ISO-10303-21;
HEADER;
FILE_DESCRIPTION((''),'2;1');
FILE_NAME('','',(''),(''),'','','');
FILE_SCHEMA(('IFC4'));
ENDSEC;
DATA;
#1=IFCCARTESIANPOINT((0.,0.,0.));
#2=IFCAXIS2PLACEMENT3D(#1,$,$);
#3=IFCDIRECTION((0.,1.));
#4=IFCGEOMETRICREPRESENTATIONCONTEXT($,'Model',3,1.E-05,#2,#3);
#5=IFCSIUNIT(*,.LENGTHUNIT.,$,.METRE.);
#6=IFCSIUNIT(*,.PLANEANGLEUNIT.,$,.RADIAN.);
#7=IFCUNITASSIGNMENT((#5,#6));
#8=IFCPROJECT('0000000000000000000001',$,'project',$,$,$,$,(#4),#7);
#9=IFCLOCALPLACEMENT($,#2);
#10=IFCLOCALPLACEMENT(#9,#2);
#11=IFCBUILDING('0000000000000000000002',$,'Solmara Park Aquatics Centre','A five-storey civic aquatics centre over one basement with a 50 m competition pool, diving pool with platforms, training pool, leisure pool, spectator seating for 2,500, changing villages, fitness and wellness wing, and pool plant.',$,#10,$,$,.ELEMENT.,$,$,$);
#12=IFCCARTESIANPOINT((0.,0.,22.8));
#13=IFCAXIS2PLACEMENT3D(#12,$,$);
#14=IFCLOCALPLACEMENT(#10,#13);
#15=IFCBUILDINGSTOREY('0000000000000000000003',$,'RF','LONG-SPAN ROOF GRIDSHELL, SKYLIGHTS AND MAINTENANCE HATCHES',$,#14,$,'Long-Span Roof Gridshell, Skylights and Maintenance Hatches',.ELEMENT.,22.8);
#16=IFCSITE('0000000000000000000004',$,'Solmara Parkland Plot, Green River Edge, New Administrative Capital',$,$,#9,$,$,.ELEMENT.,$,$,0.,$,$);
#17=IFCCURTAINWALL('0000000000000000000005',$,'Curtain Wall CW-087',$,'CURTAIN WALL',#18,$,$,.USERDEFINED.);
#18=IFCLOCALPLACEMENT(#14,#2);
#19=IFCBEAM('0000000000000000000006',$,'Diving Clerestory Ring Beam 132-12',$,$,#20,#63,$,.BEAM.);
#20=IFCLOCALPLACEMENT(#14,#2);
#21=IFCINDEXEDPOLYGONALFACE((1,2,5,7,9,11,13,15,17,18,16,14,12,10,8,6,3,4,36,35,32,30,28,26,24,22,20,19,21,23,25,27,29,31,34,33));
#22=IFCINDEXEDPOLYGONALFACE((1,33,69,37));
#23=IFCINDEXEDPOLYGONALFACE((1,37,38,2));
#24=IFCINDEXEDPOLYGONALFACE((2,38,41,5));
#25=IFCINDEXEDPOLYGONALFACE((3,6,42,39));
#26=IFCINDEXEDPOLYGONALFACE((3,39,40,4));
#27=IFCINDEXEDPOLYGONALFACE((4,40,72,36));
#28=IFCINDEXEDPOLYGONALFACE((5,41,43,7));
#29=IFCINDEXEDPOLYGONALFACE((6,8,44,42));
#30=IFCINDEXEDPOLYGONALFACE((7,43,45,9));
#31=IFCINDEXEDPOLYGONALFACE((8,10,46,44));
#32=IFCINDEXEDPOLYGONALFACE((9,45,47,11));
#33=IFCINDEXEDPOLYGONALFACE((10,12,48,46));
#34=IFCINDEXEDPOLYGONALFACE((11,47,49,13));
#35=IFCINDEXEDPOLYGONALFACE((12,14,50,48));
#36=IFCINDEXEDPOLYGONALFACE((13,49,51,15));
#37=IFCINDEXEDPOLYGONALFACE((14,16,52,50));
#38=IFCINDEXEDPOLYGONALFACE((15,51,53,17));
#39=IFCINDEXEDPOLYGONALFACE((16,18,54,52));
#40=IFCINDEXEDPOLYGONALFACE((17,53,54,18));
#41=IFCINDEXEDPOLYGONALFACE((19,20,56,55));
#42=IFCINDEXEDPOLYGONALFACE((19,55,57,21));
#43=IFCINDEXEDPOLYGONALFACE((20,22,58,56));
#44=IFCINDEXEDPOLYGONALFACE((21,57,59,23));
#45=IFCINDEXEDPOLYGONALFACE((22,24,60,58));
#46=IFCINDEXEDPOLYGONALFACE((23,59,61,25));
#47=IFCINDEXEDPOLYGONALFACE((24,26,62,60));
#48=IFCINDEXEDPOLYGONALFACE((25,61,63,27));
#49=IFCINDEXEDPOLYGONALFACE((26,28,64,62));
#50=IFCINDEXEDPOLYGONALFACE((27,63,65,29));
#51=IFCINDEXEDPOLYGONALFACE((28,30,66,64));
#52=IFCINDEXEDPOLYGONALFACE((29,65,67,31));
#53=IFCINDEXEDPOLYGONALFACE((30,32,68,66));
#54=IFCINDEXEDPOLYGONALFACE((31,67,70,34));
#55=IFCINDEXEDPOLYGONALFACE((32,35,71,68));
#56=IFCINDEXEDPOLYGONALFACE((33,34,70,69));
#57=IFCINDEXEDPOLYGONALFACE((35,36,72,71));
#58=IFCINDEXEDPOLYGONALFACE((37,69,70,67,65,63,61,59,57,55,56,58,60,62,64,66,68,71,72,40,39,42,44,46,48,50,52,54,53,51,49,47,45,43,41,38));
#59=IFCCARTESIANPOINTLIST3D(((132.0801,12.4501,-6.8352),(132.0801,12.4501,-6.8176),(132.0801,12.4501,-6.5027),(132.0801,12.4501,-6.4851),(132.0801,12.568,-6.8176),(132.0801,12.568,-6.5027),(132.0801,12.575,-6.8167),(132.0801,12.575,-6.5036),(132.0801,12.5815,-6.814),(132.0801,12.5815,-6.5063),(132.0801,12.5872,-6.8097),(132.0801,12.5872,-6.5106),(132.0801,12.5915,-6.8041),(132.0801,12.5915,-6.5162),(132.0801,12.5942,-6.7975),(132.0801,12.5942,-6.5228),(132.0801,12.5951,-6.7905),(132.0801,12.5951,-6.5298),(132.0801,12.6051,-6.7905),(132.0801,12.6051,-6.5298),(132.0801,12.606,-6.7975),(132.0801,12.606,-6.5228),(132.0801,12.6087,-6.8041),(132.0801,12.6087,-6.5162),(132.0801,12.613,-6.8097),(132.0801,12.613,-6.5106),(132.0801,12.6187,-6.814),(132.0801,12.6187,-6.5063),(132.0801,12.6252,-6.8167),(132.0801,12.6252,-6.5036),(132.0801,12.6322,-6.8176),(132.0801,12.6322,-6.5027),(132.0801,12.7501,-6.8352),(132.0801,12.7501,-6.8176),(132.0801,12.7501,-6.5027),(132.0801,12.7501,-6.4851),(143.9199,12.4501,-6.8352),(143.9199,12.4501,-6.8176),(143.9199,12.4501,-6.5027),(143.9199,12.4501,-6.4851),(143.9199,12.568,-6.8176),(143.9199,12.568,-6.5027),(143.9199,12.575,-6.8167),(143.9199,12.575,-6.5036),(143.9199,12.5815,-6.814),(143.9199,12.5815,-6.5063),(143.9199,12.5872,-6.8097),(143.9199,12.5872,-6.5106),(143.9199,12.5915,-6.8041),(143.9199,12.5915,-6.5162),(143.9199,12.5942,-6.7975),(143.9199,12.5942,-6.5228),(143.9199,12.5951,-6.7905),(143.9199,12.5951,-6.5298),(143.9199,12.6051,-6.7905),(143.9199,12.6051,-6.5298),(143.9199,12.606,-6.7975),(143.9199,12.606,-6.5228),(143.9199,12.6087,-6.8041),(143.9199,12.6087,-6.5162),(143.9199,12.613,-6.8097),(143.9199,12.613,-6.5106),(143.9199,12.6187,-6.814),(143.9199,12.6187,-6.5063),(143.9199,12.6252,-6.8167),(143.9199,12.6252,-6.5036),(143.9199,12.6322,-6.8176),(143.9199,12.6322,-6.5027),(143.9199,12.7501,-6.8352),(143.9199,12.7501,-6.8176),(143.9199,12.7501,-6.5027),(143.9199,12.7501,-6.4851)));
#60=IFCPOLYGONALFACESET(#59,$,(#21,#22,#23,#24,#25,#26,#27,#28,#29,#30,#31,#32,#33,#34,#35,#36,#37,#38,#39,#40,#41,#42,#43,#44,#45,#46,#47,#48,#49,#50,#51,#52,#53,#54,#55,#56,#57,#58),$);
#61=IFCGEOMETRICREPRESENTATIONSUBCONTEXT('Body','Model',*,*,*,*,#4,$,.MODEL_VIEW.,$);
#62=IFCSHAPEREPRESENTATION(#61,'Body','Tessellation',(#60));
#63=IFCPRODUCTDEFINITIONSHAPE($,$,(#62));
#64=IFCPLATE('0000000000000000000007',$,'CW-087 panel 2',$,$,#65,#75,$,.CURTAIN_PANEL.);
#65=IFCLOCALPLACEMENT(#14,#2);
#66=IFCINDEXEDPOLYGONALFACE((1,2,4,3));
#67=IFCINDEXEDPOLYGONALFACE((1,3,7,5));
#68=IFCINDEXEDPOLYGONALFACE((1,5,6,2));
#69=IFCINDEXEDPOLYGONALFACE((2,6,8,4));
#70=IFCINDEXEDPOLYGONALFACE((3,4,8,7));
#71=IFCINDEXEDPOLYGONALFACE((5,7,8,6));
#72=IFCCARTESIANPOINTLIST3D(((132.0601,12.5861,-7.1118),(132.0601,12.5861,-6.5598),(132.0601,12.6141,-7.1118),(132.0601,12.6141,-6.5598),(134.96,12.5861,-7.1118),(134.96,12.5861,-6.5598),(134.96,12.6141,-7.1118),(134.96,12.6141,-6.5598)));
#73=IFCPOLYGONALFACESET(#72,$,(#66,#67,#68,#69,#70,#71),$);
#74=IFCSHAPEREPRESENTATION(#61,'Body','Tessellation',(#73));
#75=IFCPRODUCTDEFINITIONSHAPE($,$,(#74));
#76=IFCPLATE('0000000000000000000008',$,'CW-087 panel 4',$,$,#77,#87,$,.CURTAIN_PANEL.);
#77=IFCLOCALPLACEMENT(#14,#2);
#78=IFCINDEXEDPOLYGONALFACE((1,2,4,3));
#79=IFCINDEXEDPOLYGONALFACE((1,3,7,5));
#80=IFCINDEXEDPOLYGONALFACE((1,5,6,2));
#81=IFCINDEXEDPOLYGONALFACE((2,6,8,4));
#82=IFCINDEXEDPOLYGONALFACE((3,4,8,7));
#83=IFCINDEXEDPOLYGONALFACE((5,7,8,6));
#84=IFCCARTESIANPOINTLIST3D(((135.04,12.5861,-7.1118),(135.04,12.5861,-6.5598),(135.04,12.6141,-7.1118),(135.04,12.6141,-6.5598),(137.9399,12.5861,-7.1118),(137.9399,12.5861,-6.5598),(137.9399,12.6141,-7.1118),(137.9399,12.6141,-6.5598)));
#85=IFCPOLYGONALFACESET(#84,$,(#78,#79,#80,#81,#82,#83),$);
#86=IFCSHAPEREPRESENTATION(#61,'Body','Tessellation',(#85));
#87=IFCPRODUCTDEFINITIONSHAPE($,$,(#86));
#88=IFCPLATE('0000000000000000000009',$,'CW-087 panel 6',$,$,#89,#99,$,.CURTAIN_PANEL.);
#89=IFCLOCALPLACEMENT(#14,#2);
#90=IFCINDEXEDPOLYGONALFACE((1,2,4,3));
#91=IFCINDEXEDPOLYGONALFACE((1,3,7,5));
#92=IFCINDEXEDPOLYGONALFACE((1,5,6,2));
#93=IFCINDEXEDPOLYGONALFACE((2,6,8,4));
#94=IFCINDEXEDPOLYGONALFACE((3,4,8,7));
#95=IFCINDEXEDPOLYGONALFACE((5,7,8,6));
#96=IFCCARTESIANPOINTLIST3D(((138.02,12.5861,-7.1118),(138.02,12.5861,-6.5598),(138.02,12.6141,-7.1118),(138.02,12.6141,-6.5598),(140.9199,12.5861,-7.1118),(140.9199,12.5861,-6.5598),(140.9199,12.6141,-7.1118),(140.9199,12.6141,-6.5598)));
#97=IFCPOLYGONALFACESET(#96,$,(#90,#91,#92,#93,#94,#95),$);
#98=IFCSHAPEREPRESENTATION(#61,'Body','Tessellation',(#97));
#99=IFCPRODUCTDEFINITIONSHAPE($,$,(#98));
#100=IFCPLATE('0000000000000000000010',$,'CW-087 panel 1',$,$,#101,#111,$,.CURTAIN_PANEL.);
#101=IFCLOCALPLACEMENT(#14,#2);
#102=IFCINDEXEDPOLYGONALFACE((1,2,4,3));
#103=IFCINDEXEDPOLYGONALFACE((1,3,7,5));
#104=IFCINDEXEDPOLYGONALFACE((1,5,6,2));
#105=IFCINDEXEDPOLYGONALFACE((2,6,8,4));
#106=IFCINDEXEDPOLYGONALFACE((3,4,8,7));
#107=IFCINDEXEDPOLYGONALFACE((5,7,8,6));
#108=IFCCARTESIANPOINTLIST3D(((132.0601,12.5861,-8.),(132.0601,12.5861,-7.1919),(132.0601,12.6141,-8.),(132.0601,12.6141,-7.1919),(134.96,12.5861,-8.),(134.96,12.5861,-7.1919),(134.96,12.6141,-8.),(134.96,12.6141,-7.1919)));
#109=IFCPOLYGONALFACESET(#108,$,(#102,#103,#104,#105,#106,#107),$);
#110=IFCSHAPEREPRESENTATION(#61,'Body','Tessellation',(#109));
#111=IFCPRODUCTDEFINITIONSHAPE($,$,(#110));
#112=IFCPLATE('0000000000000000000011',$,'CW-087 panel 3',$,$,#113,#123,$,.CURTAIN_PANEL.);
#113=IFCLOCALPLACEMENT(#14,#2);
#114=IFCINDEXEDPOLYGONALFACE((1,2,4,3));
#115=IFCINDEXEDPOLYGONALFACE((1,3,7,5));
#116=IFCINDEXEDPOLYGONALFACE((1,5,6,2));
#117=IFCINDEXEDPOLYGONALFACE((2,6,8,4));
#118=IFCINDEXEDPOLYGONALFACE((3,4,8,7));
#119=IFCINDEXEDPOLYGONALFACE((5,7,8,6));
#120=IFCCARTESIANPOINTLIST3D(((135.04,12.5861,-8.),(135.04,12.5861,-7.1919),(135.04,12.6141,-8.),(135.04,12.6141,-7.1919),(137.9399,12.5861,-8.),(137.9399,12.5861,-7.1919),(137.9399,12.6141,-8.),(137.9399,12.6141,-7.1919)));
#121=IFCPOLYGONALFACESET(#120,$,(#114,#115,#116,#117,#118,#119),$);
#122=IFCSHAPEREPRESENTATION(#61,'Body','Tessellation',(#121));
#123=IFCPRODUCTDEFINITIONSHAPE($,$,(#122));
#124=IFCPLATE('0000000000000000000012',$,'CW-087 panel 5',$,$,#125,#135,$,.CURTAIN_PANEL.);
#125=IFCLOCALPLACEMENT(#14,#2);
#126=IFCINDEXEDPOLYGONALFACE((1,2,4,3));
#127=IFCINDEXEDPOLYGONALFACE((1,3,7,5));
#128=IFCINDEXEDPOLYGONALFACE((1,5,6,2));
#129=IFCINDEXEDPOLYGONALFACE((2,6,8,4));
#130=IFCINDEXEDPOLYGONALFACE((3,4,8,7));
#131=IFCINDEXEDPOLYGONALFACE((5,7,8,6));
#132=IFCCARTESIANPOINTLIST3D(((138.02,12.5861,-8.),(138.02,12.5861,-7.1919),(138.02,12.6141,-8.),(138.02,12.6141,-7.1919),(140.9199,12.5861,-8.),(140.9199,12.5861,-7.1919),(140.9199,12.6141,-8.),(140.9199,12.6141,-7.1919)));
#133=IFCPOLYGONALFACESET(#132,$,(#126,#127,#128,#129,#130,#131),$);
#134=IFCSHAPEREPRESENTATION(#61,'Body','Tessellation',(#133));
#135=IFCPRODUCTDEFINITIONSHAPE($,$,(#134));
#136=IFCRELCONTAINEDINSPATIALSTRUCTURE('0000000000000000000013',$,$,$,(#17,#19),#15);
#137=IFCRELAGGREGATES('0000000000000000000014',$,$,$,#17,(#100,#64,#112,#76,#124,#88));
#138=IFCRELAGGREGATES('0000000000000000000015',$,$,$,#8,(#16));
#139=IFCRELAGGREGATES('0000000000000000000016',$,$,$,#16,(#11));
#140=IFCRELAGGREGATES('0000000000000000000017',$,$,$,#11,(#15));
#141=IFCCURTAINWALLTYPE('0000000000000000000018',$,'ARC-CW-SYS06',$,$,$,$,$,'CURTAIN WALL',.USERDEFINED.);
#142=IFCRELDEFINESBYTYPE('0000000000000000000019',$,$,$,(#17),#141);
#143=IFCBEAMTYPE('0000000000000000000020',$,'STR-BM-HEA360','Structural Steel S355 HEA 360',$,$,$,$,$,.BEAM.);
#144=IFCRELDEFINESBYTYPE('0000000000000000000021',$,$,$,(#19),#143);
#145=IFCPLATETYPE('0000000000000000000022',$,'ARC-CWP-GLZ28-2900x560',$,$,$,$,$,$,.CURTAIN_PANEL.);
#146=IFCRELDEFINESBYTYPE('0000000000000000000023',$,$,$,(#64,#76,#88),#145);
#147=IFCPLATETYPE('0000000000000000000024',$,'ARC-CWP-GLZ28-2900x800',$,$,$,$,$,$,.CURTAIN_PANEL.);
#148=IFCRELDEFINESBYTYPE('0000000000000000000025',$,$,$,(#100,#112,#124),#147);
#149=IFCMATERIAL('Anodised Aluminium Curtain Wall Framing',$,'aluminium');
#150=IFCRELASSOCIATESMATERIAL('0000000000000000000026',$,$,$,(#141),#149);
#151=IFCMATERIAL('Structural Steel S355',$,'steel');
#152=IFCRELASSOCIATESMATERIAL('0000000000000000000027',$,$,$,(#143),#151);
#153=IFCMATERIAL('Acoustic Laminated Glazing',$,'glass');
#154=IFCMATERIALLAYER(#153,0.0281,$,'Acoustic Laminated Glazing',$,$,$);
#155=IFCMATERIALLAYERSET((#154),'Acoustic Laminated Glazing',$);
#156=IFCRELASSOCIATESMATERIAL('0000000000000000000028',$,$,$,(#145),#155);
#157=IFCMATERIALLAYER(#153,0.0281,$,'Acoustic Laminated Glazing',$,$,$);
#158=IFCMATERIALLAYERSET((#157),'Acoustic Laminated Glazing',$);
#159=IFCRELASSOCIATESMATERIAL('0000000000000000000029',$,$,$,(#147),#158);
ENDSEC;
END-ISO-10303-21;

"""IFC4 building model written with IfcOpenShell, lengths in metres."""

from ifc_helpers import new_model, si_unit, direction, frame, origin, origin_2d, place, context, subcontext, project, spatial, rectangle, i_section, extrude, material, layer, layer_set, material_profile, profile_set, type_object, element, aggregate, save


model = new_model("IFC4")

# Units and contexts
model_context = context("Model", 3, precision=1e-05, world=origin(), true_north=direction((0.0, 1.0)))
body_context = subcontext(model_context, "Body", "Model", "MODEL_VIEW")
ifc_project = project(units=[si_unit("LENGTHUNIT", "METRE"), si_unit("PLANEANGLEUNIT", "RADIAN")], contexts=[model_context])

# Site, building, storey
site_placement = place(None, origin())
site = spatial("IfcSite", under=ifc_project, at=site_placement, Name="Solmara Parkland Plot, Green River Edge, New Administrative Capital", CompositionType="ELEMENT", RefElevation=0.0)
building_placement = place(site_placement, origin())
building = spatial("IfcBuilding", under=site, at=building_placement, Name="Solmara Park Aquatics Centre", Description="A five-storey civic aquatics centre over one basement with a 50 m competition pool, diving pool with platforms, training pool, leisure pool, spectator seating for 2,500, changing villages, fitness and wellness wing, and pool plant.", CompositionType="ELEMENT")
storey_placement = place(building_placement, frame((0.0, 0.0, 22.8)))
storey = spatial("IfcBuildingStorey", under=building, at=storey_placement, Name="RF", Description="LONG-SPAN ROOF GRIDSHELL, SKYLIGHTS AND MAINTENANCE HATCHES", LongName="Long-Span Roof Gridshell, Skylights and Maintenance Hatches", CompositionType="ELEMENT", Elevation=22.8)

# Curtain wall
ifc_material_1 = material(Name="Anodised Aluminium Curtain Wall Framing", Category="aluminium")
curtain_wall_type = type_object("IfcCurtainWallType", Name="ARC-CW-SYS06", ElementType="CURTAIN WALL", PredefinedType="USERDEFINED", material=ifc_material_1)
curtain_wall_placement = place(storey_placement, origin())
curtain_wall = element("IfcCurtainWall", 1, at=curtain_wall_placement, inside=storey, type_object=curtain_wall_type, Name="Curtain Wall CW-087", ObjectType="CURTAIN WALL", PredefinedType="USERDEFINED")

# Beam
ifc_material_2 = material(Name="Structural Steel S355", Category="steel")
ifc_material_profile_1 = material_profile(ifc_material_2, i_section(OverallWidth=0.3, OverallDepth=0.3501, WebThickness=0.01, FlangeThickness=0.0176, FilletRadius=0.0271, at=origin_2d()), Name="HEA 360")
ifc_profile_set_1 = profile_set([ifc_material_profile_1], Name="Structural Steel S355")
beam_type = type_object("IfcBeamType", Name="STR-BM-HEA360", Description="Structural Steel S355 HEA 360", PredefinedType="BEAM", material=ifc_profile_set_1)
beam_placement = place(storey_placement, frame((132.0801, 12.6001, -6.6602), z_axis=(1.0, 0.0, 0.0), x_axis=(0.0, 1.0, 0.0)))
element("IfcBeam", 2, at=beam_placement, inside=storey, type_object=beam_type, Name="Diving Clerestory Ring Beam 132-12", PredefinedType="BEAM", context=body_context, shape_type="SweptSolid", body=[
    extrude(i_section(OverallWidth=0.3, OverallDepth=0.3501, WebThickness=0.01, FlangeThickness=0.0176, FilletRadius=0.0271, at=origin_2d()), origin(), (0.0, 0.0, 1.0), 11.8398),
])

# Plates
ifc_material_3 = material(Name="Acoustic Laminated Glazing", Category="glass")
ifc_layer_1 = layer(ifc_material_3, 0.0281, Name="Acoustic Laminated Glazing")
ifc_layer_set_1 = layer_set([ifc_layer_1], Name="Acoustic Laminated Glazing")
plate_type_1 = type_object("IfcPlateType", Name="ARC-CWP-GLZ28-2900x560", PredefinedType="CURTAIN_PANEL", material=ifc_layer_set_1)
plate_1_placement = place(storey_placement, frame((133.51, 12.6001, -7.1118), z_axis=(0.0, 0.0, 1.0), x_axis=(1.0, 0.0, 0.0)))
plate_1 = element("IfcPlate", 3, at=plate_1_placement, type_object=plate_type_1, Name="CW-087 panel 2", PredefinedType="CURTAIN_PANEL", context=body_context, shape_type="SweptSolid", body=[
    extrude(rectangle(XDim=2.8999, YDim=0.0281, at=origin_2d()), origin(), (0.0, 0.0, 1.0), 0.552),
])
plate_2_placement = place(storey_placement, frame((136.49, 12.6001, -7.1118), z_axis=(0.0, 0.0, 1.0), x_axis=(1.0, 0.0, 0.0)))
plate_2 = element("IfcPlate", 4, at=plate_2_placement, type_object=plate_type_1, Name="CW-087 panel 4", PredefinedType="CURTAIN_PANEL", context=body_context, shape_type="SweptSolid", body=[
    extrude(rectangle(XDim=2.8999, YDim=0.0281, at=origin_2d()), origin(), (0.0, 0.0, 1.0), 0.552),
])
plate_3_placement = place(storey_placement, frame((139.47, 12.6001, -7.1118), z_axis=(0.0, 0.0, 1.0), x_axis=(1.0, 0.0, 0.0)))
plate_3 = element("IfcPlate", 5, at=plate_3_placement, type_object=plate_type_1, Name="CW-087 panel 6", PredefinedType="CURTAIN_PANEL", context=body_context, shape_type="SweptSolid", body=[
    extrude(rectangle(XDim=2.8999, YDim=0.0281, at=origin_2d()), origin(), (0.0, 0.0, 1.0), 0.552),
])
ifc_layer_2 = layer(ifc_material_3, 0.0281, Name="Acoustic Laminated Glazing")
ifc_layer_set_2 = layer_set([ifc_layer_2], Name="Acoustic Laminated Glazing")
plate_type_2 = type_object("IfcPlateType", Name="ARC-CWP-GLZ28-2900x800", PredefinedType="CURTAIN_PANEL", material=ifc_layer_set_2)
plate_4_placement = place(storey_placement, frame((133.51, 12.6001, -8.0), z_axis=(0.0, 0.0, 1.0), x_axis=(1.0, 0.0, 0.0)))
plate_4 = element("IfcPlate", 6, at=plate_4_placement, type_object=plate_type_2, Name="CW-087 panel 1", PredefinedType="CURTAIN_PANEL", context=body_context, shape_type="SweptSolid", body=[
    extrude(rectangle(XDim=2.8999, YDim=0.0281, at=origin_2d()), origin(), (0.0, 0.0, 1.0), 0.8081),
])
plate_5_placement = place(storey_placement, frame((136.49, 12.6001, -8.0), z_axis=(0.0, 0.0, 1.0), x_axis=(1.0, 0.0, 0.0)))
plate_5 = element("IfcPlate", 7, at=plate_5_placement, type_object=plate_type_2, Name="CW-087 panel 3", PredefinedType="CURTAIN_PANEL", context=body_context, shape_type="SweptSolid", body=[
    extrude(rectangle(XDim=2.8999, YDim=0.0281, at=origin_2d()), origin(), (0.0, 0.0, 1.0), 0.8081),
])
plate_6_placement = place(storey_placement, frame((139.47, 12.6001, -8.0), z_axis=(0.0, 0.0, 1.0), x_axis=(1.0, 0.0, 0.0)))
plate_6 = element("IfcPlate", 8, at=plate_6_placement, type_object=plate_type_2, Name="CW-087 panel 5", PredefinedType="CURTAIN_PANEL", context=body_context, shape_type="SweptSolid", body=[
    extrude(rectangle(XDim=2.8999, YDim=0.0281, at=origin_2d()), origin(), (0.0, 0.0, 1.0), 0.8081),
])
aggregate(curtain_wall, [plate_4, plate_1, plate_5, plate_2, plate_6, plate_3])

save(model, "model.ifc")
